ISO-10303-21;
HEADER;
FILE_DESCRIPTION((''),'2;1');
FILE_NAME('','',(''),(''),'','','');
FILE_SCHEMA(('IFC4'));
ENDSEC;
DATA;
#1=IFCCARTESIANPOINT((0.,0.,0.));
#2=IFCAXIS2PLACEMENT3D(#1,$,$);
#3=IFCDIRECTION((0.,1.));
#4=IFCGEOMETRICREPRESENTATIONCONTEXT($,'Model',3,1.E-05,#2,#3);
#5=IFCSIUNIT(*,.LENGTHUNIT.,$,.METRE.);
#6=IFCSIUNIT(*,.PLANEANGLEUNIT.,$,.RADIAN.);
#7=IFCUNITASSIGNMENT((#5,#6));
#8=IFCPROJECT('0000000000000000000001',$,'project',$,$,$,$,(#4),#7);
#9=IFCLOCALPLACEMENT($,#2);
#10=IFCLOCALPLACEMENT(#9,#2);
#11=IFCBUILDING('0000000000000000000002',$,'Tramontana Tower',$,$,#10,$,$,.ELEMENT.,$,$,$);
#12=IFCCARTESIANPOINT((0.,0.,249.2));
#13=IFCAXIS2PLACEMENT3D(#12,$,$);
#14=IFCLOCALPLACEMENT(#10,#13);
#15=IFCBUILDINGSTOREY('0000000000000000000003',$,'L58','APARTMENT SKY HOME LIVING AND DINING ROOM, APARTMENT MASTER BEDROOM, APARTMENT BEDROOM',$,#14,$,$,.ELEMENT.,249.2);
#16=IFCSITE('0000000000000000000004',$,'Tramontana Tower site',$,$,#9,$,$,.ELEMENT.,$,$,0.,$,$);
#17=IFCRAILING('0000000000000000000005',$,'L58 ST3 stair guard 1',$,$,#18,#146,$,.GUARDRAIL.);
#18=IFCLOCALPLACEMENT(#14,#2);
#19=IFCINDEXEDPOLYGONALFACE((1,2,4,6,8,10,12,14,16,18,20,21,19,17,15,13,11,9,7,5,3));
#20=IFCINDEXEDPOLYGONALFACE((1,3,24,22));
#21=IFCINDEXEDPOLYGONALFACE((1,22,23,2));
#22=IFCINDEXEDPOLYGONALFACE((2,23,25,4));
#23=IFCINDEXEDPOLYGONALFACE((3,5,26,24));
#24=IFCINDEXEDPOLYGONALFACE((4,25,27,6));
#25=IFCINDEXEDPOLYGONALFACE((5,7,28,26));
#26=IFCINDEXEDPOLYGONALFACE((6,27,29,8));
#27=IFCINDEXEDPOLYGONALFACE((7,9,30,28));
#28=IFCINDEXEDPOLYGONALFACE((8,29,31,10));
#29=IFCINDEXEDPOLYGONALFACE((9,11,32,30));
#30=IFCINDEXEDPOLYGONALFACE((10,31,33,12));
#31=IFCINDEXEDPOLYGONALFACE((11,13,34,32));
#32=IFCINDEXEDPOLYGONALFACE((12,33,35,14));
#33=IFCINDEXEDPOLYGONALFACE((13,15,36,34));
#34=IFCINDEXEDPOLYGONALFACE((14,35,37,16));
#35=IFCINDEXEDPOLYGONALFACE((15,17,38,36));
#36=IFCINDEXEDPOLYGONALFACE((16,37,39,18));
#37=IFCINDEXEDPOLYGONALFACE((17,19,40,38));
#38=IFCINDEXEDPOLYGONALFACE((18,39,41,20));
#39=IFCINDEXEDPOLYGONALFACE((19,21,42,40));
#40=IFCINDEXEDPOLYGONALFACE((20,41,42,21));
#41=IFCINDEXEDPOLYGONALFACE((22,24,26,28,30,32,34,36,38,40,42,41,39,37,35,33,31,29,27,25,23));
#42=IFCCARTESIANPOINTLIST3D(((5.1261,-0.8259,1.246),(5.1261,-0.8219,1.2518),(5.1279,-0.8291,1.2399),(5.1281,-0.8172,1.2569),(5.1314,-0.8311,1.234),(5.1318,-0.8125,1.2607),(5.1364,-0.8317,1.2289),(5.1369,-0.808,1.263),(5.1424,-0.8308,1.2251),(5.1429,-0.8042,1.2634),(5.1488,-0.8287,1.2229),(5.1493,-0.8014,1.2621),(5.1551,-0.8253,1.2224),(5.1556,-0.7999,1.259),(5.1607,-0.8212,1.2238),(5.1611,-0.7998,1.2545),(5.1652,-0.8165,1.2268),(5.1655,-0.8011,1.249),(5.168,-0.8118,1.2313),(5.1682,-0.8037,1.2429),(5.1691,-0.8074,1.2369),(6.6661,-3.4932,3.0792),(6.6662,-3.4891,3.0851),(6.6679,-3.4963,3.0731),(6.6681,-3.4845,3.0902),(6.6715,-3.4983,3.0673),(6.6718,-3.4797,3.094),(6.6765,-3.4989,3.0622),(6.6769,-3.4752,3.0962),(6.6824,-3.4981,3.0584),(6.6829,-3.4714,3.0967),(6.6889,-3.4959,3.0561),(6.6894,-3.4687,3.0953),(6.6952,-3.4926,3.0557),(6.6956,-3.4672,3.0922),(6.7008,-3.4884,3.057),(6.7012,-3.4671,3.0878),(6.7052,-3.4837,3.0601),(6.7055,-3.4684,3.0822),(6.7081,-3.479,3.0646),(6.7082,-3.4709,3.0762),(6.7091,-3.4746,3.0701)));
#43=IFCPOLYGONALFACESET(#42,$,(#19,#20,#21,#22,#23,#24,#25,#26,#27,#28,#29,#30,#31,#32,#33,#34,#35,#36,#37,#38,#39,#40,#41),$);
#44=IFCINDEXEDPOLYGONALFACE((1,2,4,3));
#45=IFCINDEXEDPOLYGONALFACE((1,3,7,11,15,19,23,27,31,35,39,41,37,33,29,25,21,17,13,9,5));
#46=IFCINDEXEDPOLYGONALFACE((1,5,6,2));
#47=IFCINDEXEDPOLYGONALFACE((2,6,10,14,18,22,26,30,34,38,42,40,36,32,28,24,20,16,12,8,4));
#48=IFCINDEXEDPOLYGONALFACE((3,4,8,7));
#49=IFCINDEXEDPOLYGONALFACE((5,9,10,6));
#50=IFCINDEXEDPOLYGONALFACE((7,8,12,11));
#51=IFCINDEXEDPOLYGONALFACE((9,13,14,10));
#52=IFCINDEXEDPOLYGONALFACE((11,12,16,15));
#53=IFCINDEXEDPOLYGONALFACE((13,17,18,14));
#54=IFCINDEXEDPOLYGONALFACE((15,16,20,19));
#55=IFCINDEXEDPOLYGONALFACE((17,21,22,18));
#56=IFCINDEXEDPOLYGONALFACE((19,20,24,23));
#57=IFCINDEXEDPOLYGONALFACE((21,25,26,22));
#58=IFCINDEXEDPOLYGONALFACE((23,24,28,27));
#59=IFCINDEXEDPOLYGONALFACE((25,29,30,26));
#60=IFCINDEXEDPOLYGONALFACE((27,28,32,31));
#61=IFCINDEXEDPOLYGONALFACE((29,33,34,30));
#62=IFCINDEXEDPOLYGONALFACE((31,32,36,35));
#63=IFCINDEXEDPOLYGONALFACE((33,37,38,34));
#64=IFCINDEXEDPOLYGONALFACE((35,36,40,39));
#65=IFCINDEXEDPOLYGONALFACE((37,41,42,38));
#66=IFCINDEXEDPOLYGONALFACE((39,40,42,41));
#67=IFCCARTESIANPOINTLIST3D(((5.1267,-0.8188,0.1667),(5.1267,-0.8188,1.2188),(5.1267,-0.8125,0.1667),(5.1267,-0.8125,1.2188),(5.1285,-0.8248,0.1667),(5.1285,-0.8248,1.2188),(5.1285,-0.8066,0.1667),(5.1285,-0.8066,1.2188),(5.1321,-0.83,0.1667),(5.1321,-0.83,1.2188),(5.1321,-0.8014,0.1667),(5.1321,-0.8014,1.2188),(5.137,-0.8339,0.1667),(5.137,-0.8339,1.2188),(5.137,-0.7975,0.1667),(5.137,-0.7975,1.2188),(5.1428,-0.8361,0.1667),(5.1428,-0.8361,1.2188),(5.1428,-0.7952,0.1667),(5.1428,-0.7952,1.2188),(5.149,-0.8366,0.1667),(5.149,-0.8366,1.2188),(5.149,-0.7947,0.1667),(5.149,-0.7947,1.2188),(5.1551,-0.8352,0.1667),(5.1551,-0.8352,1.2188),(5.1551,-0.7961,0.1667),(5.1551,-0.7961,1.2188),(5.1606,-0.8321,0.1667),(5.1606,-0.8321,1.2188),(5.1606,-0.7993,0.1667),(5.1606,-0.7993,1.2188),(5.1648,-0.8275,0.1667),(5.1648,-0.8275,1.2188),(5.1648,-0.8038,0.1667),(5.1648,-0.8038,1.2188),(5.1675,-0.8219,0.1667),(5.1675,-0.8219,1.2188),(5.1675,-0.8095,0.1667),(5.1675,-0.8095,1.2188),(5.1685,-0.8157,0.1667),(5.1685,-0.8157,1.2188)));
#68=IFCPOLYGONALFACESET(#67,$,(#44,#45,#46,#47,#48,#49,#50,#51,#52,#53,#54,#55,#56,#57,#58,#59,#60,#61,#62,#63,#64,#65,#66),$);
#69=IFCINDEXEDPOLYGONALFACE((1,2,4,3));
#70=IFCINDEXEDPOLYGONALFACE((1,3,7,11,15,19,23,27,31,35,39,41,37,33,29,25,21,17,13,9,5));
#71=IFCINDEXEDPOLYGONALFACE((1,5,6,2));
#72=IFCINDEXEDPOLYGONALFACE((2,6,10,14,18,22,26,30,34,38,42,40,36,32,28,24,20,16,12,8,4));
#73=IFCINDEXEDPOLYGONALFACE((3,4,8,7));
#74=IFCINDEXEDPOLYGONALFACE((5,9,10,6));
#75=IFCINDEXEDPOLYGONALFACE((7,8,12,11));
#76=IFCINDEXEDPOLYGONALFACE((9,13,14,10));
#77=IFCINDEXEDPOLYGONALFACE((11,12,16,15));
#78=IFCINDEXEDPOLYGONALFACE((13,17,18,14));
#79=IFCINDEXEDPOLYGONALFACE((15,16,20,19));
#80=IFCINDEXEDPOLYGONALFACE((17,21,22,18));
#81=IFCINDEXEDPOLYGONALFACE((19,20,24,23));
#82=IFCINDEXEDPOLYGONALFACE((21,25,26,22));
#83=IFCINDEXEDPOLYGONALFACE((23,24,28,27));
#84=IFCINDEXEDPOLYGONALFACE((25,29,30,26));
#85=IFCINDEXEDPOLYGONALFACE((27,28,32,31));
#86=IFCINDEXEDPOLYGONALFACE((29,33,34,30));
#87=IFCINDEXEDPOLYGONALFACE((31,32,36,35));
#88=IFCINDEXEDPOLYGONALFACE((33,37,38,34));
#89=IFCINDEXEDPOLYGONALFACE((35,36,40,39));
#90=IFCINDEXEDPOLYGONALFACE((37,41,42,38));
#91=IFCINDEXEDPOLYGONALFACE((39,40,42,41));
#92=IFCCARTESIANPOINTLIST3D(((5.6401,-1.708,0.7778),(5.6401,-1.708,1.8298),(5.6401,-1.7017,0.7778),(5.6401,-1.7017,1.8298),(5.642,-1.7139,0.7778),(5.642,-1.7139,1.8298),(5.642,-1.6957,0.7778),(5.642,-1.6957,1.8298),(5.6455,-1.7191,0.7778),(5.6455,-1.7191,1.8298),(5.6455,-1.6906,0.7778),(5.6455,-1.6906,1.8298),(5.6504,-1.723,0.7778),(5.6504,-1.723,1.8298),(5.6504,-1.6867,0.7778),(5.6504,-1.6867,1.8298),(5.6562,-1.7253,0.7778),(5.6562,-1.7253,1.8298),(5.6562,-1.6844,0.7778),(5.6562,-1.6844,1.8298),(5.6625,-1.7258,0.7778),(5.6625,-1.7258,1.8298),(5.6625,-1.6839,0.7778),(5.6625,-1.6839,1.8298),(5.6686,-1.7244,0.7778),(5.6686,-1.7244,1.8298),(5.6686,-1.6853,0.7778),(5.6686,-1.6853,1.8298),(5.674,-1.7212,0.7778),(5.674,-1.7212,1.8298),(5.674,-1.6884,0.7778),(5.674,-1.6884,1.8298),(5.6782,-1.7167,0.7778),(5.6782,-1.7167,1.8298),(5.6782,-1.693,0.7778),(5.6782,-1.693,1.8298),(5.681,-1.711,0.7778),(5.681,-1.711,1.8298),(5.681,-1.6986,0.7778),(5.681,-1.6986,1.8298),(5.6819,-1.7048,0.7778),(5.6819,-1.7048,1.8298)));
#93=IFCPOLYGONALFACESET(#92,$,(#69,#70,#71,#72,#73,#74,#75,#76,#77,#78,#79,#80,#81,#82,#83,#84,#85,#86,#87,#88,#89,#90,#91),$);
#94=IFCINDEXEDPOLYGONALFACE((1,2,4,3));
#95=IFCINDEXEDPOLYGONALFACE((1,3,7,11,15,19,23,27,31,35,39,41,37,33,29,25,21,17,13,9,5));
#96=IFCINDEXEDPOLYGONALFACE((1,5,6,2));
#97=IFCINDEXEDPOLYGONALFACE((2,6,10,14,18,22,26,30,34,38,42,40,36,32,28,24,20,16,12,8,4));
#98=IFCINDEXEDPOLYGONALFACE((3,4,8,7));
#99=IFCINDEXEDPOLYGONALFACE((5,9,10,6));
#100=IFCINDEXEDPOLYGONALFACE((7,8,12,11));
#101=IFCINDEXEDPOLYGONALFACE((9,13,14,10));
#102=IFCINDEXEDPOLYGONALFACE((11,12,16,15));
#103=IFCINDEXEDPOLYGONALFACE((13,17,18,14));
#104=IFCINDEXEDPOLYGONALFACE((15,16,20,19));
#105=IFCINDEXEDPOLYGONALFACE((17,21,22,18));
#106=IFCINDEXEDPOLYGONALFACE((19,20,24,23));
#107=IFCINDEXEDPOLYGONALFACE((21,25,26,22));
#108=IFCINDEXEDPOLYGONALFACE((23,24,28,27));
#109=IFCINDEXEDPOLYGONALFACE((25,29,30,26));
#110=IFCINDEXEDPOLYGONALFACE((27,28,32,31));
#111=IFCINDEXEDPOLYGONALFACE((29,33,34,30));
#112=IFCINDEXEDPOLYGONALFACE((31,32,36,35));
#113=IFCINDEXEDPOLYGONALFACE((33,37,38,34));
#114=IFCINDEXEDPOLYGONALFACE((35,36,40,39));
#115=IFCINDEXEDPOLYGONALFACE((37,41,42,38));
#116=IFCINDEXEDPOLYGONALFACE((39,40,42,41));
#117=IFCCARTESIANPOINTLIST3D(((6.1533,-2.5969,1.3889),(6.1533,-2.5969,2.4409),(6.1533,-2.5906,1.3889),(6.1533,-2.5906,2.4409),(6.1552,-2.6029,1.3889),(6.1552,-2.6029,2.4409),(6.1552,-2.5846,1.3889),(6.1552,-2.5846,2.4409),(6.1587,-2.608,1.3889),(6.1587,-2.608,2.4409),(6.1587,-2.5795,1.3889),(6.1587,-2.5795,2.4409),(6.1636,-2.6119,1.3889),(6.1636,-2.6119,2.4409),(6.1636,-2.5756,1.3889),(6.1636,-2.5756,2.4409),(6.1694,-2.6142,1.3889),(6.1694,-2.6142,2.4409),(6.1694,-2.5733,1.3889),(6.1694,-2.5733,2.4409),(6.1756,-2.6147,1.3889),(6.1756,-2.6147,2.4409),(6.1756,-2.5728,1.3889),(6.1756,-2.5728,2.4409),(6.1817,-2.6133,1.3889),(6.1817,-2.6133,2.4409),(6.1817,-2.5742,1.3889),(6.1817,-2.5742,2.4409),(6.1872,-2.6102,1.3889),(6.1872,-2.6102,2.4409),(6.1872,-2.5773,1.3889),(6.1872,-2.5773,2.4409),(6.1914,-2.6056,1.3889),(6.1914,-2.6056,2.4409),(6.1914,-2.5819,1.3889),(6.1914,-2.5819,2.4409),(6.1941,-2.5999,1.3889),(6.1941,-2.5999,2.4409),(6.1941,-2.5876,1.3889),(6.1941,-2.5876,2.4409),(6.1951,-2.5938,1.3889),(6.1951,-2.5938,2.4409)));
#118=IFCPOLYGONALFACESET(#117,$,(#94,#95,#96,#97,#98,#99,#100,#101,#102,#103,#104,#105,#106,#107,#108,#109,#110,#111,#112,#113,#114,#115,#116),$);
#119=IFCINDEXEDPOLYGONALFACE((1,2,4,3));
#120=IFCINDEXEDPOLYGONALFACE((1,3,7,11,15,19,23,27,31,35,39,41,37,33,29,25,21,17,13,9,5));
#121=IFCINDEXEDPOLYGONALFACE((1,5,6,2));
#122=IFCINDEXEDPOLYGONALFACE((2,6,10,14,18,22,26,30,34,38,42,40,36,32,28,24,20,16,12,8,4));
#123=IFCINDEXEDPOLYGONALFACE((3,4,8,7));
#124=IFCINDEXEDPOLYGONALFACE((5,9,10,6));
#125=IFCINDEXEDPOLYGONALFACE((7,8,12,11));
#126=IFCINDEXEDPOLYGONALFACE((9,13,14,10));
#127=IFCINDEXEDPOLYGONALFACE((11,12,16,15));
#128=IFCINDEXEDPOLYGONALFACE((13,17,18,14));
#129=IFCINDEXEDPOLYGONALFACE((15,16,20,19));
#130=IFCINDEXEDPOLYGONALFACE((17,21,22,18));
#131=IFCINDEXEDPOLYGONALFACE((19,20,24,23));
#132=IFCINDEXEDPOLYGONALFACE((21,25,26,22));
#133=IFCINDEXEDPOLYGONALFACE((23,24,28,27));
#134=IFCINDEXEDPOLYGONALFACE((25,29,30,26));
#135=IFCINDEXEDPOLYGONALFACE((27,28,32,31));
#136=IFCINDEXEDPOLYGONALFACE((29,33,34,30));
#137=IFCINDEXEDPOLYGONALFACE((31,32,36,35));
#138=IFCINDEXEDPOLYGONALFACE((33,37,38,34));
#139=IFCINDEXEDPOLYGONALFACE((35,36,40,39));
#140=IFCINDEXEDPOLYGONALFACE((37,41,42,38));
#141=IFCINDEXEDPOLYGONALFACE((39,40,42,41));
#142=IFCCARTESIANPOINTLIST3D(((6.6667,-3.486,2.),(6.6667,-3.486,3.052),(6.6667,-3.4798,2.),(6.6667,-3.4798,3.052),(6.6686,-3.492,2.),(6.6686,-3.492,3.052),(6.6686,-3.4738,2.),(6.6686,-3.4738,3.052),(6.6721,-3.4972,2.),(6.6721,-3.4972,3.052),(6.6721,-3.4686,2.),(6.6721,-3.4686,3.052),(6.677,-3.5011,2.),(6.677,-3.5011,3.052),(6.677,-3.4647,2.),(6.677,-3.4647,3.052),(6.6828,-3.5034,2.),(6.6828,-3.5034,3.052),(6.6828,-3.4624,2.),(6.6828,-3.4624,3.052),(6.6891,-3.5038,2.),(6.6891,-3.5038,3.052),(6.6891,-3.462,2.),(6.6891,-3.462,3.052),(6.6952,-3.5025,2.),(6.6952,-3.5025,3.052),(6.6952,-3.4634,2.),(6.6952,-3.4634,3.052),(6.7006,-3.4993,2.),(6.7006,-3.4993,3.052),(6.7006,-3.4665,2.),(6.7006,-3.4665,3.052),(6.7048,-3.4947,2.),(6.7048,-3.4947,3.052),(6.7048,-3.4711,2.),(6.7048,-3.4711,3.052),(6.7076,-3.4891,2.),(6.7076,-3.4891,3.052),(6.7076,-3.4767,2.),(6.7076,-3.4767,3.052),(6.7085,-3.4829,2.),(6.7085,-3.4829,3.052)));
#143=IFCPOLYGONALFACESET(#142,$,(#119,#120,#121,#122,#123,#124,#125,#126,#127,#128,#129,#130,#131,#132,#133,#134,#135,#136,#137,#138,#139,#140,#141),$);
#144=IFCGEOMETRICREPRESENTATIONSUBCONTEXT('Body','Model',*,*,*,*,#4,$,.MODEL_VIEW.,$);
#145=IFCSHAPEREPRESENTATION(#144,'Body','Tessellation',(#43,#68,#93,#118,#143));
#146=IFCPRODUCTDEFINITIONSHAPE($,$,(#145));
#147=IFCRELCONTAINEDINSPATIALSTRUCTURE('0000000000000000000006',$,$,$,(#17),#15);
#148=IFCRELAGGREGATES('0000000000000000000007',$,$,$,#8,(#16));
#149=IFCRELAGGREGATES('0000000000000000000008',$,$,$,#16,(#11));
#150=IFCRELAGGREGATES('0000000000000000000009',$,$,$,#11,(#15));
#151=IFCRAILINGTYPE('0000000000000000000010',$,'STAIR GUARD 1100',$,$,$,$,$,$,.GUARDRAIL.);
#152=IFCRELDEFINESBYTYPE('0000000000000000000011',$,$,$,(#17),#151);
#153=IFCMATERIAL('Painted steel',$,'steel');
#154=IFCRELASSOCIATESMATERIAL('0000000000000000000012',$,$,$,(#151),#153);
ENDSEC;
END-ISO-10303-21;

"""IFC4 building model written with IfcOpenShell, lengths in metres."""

from ifc_helpers import new_model, si_unit, direction, frame, origin, origin_2d, place, context, subcontext, project, spatial, circle, extrude, material, type_object, element, save


model = new_model("IFC4")

# Units and contexts
model_context = context("Model", 3, precision=1e-05, world=origin(), true_north=direction((0.0, 1.0)))
body_context = subcontext(model_context, "Body", "Model", "MODEL_VIEW")
ifc_project = project(units=[si_unit("LENGTHUNIT", "METRE"), si_unit("PLANEANGLEUNIT", "RADIAN")], contexts=[model_context])

# Site, building, storey
site_placement = place(None, origin())
site = spatial("IfcSite", under=ifc_project, at=site_placement, Name="Tramontana Tower site", CompositionType="ELEMENT", RefElevation=0.0)
building_placement = place(site_placement, origin())
building = spatial("IfcBuilding", under=site, at=building_placement, Name="Tramontana Tower", CompositionType="ELEMENT")
storey_placement = place(building_placement, frame((0.0, 0.0, 249.2)))
storey = spatial("IfcBuildingStorey", under=building, at=storey_placement, Name="L58", Description="APARTMENT SKY HOME LIVING AND DINING ROOM, APARTMENT MASTER BEDROOM, APARTMENT BEDROOM", CompositionType="ELEMENT", Elevation=249.2)

# Railing
ifc_material_1 = material(Name="Painted steel", Category="steel")
railing_type_1 = type_object("IfcRailingType", Name="STAIR GUARD 1100", PredefinedType="GUARDRAIL", material=ifc_material_1)
railing_1_placement = place(storey_placement, frame((5.1475, -0.8157, 0.1667)))
element("IfcRailing", 1, at=railing_1_placement, inside=storey, type_object=railing_type_1, Name="L58 ST3 stair guard 1", PredefinedType="GUARDRAIL", context=body_context, shape_type="SweptSolid", body=[
    extrude(circle(Radius=0.0239, at=origin_2d()), frame((0.0, 0.0, 1.0762), z_axis=(0.429671, -0.744159, 0.511478), x_axis=(0.86601, 0.500027, 0.0)), (0.0, 0.0, 1.0), 3.5842),
    extrude(circle(Radius=0.021, at=origin_2d()), origin(), (0.0, 0.0, 1.0), 1.052),
    extrude(circle(Radius=0.021, at=origin_2d()), frame((0.5134, -0.8892, 0.6111)), (0.0, 0.0, 1.0), 1.052),
    extrude(circle(Radius=0.021, at=origin_2d()), frame((1.0266, -1.7781, 1.2222)), (0.0, 0.0, 1.0), 1.052),
    extrude(circle(Radius=0.021, at=origin_2d()), frame((1.54, -2.6672, 1.8333)), (0.0, 0.0, 1.0), 1.052),
])

save(model, "model.ifc")
